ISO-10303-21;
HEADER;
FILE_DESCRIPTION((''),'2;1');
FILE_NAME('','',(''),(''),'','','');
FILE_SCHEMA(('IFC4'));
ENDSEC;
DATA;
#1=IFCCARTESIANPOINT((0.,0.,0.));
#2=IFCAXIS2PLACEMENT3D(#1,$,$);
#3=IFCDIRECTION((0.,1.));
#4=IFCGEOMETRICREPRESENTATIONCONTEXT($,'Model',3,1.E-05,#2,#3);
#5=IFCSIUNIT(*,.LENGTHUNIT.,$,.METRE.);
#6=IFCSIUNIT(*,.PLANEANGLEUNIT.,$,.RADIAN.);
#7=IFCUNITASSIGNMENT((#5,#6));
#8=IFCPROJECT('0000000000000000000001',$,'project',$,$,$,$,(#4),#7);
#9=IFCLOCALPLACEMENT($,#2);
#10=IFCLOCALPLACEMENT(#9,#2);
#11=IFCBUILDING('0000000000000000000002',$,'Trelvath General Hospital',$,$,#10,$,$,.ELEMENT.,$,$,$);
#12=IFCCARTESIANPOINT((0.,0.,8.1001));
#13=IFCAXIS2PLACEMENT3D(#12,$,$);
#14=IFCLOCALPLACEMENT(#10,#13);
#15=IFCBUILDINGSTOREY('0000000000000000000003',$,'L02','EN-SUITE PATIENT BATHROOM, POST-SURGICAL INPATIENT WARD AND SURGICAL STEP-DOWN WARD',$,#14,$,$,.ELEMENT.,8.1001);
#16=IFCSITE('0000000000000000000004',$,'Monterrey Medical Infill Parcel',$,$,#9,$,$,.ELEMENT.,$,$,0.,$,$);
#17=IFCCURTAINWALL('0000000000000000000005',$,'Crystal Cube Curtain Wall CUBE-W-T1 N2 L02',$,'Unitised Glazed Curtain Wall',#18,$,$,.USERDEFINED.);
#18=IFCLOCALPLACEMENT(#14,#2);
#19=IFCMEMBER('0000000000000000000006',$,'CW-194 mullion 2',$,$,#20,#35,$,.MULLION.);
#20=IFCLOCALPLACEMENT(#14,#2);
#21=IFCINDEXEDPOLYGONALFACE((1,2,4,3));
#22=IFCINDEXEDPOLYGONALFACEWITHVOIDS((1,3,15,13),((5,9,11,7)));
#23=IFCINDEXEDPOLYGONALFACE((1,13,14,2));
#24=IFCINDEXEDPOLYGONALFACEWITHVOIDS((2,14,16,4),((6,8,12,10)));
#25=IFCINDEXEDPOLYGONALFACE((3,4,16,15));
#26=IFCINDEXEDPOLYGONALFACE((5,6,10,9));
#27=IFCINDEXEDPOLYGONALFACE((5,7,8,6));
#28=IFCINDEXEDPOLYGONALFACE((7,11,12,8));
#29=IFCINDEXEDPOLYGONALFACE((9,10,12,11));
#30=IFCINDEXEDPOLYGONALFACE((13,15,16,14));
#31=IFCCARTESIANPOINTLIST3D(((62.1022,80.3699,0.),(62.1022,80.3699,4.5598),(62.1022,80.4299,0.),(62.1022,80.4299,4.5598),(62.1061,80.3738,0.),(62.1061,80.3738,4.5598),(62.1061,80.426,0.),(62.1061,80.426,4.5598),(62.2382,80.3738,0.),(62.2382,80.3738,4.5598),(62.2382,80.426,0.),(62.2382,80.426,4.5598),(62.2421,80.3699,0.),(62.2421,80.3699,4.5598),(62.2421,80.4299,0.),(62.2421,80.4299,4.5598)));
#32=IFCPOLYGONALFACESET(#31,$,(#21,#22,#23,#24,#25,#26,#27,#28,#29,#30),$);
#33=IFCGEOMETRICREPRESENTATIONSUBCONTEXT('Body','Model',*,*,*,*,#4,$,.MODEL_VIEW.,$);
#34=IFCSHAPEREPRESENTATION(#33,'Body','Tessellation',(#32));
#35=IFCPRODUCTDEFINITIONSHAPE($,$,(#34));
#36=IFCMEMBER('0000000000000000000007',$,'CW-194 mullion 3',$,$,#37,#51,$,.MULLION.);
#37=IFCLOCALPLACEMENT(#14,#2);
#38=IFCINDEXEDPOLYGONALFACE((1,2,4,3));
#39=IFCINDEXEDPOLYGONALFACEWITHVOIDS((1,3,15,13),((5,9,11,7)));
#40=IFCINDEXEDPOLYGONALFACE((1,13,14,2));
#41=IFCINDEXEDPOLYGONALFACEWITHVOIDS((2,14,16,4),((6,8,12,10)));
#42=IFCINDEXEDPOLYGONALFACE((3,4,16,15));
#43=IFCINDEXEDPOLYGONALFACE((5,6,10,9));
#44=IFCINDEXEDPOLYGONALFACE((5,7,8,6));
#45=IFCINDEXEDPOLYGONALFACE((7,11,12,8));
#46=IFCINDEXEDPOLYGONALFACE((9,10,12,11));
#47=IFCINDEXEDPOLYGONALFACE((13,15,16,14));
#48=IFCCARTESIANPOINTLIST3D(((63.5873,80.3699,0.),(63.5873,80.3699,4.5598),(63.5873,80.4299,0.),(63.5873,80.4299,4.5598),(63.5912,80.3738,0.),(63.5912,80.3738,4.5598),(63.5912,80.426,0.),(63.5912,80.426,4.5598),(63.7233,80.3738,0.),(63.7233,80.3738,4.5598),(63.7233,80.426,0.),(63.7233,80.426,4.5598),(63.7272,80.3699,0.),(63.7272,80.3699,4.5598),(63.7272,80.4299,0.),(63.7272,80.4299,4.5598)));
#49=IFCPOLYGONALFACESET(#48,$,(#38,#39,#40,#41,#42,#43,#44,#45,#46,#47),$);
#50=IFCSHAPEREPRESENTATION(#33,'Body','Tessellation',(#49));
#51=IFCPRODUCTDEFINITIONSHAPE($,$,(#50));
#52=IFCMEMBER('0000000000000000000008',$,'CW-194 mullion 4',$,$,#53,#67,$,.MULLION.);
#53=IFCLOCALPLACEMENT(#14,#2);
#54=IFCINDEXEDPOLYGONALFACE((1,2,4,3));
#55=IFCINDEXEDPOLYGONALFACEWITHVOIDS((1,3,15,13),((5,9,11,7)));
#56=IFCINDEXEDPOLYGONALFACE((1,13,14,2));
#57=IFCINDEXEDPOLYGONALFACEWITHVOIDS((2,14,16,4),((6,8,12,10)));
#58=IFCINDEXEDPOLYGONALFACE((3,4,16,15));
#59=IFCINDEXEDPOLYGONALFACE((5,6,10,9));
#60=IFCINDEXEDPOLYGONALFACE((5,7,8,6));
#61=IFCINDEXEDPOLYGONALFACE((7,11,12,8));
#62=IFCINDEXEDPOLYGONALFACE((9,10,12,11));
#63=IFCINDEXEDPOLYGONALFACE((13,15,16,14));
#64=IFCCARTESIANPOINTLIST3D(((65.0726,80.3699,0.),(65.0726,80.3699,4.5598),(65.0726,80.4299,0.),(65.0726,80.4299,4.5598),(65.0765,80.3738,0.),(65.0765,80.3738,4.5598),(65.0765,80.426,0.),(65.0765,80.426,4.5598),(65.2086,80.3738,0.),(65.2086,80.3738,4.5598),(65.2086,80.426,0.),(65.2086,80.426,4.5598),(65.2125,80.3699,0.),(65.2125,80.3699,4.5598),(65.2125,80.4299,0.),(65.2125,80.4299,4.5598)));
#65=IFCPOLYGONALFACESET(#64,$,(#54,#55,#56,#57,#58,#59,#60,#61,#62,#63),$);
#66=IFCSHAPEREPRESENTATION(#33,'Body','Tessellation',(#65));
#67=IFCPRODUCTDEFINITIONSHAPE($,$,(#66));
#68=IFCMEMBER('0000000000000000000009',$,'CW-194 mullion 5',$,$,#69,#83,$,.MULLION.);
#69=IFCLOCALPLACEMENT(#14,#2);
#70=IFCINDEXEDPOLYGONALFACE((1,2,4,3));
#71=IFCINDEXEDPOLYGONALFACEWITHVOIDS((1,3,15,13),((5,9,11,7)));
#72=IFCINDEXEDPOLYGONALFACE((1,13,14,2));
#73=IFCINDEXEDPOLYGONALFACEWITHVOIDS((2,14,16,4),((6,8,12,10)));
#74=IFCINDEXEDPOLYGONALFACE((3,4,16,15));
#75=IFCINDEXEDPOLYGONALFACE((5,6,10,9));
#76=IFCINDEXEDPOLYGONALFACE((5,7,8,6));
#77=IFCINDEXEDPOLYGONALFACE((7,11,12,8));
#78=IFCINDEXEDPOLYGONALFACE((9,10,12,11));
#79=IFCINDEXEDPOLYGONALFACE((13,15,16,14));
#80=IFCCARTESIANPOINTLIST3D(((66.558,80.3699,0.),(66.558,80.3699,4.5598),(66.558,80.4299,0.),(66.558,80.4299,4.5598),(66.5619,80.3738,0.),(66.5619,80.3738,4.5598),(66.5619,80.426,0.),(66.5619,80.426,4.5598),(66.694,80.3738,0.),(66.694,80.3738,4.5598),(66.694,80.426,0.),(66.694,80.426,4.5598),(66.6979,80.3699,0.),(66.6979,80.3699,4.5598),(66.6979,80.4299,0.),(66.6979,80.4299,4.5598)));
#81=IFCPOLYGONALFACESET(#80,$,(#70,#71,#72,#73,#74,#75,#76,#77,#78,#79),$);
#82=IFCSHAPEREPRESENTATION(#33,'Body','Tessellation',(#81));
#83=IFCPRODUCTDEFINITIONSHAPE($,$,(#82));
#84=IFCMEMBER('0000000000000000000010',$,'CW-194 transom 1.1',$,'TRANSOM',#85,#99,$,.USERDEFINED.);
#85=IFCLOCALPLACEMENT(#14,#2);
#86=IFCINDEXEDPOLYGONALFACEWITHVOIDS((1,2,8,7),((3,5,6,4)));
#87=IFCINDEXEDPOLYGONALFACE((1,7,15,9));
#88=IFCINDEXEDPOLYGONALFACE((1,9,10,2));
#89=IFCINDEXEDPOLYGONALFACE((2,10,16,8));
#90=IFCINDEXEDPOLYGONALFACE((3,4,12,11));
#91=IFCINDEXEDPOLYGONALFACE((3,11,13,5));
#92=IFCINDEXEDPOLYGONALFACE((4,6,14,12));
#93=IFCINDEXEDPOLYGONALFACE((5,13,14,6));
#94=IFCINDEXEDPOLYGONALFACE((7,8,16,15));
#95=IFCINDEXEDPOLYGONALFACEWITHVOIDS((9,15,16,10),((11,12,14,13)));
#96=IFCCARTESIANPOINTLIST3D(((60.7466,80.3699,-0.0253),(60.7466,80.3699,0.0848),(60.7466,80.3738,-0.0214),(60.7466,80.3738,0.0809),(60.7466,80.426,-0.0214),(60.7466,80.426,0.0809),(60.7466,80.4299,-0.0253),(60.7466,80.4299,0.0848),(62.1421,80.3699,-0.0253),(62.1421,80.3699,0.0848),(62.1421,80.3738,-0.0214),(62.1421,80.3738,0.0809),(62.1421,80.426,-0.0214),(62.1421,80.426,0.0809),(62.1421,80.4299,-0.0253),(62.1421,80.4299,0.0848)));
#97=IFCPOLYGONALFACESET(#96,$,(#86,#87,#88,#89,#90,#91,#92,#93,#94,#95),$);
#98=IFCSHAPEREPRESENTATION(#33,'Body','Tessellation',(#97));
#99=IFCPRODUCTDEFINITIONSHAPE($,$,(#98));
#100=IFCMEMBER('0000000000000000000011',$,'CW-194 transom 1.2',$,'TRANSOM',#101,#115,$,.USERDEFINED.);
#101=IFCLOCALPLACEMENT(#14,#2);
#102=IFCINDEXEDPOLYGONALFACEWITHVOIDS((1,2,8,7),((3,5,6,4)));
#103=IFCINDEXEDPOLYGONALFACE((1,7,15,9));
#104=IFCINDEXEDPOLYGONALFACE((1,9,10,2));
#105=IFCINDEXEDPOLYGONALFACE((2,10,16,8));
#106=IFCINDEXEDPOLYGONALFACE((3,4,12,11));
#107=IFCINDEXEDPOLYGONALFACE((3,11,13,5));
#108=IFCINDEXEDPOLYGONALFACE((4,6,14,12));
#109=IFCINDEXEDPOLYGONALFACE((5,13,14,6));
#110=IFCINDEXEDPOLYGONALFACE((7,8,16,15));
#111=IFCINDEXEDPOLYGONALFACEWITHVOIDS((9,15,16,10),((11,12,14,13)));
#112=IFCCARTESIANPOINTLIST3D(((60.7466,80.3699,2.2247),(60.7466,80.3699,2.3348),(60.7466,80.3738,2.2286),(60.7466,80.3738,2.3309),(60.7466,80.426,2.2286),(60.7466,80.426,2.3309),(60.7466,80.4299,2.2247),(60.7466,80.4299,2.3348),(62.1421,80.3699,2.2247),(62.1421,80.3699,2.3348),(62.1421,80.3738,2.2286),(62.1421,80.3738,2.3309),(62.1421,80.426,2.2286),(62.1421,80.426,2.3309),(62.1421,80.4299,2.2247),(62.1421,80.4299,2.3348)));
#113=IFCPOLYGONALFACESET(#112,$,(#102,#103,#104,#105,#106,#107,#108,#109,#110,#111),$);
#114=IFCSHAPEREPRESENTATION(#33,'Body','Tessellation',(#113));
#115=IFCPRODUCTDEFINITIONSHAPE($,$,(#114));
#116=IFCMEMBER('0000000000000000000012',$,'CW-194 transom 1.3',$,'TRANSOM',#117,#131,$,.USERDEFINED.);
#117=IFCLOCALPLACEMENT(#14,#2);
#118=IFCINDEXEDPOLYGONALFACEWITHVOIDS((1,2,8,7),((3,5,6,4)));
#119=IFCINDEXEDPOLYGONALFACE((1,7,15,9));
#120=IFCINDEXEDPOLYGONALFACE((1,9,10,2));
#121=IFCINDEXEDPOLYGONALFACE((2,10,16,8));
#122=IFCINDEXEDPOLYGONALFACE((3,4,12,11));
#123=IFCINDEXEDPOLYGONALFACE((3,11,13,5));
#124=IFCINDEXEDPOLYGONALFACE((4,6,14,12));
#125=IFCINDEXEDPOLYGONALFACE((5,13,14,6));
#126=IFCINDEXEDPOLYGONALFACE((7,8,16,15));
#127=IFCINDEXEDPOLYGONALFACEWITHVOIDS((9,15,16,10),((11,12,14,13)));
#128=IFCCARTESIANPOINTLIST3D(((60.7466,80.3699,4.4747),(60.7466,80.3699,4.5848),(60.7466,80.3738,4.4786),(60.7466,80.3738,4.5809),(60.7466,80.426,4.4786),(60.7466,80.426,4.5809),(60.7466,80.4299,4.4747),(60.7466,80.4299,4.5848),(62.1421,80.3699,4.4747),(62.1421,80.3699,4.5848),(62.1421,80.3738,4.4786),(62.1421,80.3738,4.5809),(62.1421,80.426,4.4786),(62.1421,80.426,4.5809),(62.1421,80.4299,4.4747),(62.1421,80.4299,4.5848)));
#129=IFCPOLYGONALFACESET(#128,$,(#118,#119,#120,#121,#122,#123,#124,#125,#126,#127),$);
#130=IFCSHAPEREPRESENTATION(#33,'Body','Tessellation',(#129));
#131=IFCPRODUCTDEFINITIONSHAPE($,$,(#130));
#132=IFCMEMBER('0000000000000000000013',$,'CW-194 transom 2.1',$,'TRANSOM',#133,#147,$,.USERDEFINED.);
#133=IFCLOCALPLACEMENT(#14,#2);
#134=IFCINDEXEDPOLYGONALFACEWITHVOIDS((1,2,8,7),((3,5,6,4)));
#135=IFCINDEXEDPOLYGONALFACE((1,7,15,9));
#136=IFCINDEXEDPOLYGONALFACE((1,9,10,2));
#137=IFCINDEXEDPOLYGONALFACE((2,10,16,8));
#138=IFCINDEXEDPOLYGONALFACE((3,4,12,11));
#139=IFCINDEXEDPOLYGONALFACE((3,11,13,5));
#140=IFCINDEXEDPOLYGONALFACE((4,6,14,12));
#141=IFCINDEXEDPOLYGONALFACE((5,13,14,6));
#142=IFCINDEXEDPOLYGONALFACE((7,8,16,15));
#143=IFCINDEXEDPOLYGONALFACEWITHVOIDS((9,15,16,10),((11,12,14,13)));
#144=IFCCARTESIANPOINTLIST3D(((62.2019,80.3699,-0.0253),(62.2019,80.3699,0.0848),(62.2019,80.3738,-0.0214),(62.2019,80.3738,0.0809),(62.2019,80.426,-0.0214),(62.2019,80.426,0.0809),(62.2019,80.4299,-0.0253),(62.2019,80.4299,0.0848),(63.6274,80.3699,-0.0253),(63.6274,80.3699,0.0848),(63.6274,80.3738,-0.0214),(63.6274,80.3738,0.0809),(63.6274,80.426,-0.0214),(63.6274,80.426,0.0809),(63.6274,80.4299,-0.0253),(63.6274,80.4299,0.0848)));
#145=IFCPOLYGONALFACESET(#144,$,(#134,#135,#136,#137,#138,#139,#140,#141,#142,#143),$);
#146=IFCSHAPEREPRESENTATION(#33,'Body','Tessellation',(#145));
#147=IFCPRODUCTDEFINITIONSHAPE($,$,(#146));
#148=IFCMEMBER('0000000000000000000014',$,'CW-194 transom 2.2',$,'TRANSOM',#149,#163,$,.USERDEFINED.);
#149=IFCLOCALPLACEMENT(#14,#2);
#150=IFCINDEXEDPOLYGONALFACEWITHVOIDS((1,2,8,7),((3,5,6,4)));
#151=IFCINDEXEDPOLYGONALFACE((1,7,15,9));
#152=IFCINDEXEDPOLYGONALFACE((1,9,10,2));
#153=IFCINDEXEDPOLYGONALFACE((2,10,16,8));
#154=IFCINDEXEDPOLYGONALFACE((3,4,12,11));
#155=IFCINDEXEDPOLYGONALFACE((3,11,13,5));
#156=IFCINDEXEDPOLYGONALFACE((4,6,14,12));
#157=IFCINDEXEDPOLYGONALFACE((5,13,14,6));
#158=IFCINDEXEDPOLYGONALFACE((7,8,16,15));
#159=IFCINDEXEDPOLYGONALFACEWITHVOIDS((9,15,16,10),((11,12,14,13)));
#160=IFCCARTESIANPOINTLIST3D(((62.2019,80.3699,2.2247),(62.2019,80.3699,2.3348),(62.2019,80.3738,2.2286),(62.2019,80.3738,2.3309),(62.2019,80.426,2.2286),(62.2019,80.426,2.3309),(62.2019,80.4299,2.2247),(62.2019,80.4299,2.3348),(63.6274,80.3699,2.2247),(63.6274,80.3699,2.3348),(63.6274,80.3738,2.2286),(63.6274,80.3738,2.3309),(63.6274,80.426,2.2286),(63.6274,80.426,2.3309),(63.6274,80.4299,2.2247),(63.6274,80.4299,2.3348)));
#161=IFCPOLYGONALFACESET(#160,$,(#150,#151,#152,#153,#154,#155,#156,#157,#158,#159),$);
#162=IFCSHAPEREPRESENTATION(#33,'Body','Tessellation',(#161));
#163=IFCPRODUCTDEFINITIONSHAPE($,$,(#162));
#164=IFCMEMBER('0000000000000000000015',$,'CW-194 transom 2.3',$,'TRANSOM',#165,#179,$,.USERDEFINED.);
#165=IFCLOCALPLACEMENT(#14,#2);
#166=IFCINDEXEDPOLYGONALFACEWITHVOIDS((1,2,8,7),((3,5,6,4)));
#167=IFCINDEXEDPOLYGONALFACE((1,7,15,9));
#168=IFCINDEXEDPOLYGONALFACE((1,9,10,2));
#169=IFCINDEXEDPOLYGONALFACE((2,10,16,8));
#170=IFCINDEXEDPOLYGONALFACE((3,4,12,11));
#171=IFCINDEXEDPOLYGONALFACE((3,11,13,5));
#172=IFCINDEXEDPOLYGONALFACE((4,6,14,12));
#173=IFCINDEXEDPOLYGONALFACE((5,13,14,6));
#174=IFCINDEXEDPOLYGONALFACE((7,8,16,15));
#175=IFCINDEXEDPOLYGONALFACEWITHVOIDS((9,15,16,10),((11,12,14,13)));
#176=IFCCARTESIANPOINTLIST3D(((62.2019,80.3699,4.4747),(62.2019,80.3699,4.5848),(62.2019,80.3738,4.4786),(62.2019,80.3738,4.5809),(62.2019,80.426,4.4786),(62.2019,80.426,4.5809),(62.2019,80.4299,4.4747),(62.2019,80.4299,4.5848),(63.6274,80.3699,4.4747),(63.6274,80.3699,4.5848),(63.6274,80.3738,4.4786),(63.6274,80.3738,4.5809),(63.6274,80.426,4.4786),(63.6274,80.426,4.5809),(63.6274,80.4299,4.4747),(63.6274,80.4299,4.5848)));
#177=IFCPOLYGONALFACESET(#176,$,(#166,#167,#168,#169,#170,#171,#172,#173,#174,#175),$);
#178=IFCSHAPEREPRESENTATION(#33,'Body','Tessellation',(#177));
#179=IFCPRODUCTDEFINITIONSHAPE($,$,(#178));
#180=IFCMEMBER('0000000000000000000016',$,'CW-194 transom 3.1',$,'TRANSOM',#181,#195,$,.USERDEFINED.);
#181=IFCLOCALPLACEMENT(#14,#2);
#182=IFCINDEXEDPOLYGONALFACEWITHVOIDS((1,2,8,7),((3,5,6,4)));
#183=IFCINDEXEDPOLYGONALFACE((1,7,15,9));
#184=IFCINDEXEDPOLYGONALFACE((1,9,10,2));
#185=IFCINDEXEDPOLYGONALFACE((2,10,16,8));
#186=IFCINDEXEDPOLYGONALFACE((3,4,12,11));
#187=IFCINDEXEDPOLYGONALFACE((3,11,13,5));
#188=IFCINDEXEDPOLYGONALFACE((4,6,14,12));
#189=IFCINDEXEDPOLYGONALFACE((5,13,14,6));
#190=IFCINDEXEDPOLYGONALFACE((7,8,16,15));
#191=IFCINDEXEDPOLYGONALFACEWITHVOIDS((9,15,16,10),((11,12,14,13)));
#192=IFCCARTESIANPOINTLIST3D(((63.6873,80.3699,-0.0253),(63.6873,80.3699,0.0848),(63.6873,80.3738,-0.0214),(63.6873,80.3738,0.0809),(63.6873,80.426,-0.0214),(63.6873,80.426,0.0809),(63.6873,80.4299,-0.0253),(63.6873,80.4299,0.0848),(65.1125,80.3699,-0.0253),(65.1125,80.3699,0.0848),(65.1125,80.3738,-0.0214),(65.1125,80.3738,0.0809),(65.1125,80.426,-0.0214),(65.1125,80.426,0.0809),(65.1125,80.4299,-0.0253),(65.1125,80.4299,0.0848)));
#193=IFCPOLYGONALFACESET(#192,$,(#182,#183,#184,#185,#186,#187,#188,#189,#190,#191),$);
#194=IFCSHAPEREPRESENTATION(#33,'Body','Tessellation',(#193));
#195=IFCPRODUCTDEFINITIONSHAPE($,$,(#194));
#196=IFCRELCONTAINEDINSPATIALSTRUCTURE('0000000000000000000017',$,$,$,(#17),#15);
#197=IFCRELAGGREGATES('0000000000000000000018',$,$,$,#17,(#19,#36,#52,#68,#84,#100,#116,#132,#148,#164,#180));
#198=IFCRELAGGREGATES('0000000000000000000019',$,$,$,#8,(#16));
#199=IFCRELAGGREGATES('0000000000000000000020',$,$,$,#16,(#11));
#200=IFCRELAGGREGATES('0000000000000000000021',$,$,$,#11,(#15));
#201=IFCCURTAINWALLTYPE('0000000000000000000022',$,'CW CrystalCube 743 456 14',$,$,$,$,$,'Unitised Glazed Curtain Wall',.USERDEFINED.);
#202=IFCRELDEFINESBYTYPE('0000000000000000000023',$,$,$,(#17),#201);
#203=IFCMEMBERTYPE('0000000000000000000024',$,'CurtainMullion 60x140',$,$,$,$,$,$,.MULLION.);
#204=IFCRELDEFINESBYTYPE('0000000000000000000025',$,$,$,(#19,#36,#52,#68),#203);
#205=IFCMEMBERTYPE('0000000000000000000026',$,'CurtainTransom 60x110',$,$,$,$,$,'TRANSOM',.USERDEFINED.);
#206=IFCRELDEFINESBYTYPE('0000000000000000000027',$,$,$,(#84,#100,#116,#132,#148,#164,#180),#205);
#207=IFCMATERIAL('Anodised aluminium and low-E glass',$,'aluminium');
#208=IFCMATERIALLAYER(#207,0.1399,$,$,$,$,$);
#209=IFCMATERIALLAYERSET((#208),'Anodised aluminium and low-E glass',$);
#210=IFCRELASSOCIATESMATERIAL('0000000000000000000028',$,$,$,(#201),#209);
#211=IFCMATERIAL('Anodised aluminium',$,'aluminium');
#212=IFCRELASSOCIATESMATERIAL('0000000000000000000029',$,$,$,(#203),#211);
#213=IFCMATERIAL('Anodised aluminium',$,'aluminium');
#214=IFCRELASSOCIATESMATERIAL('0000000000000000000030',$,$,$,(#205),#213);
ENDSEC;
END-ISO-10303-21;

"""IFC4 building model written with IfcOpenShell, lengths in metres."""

from ifc_helpers import new_model, si_unit, direction, frame, origin, origin_2d, place, context, subcontext, project, spatial, hollow_rectangle, extrude, material, layer, layer_set, material_profile, profile_set, type_object, element, aggregate, save


model = new_model("IFC4")

# Units and contexts
model_context = context("Model", 3, precision=1e-05, world=origin(), true_north=direction((0.0, 1.0)))
body_context = subcontext(model_context, "Body", "Model", "MODEL_VIEW")
ifc_project = project(units=[si_unit("LENGTHUNIT", "METRE"), si_unit("PLANEANGLEUNIT", "RADIAN")], contexts=[model_context])

# Site, building, storey
site_placement = place(None, origin())
site = spatial("IfcSite", under=ifc_project, at=site_placement, Name="Monterrey Medical Infill Parcel", CompositionType="ELEMENT", RefElevation=0.0)
building_placement = place(site_placement, origin())
building = spatial("IfcBuilding", under=site, at=building_placement, Name="Trelvath General Hospital", CompositionType="ELEMENT")
storey_placement = place(building_placement, frame((0.0, 0.0, 8.1001)))
storey = spatial("IfcBuildingStorey", under=building, at=storey_placement, Name="L02", Description="EN-SUITE PATIENT BATHROOM, POST-SURGICAL INPATIENT WARD AND SURGICAL STEP-DOWN WARD", CompositionType="ELEMENT", Elevation=8.1001)

# Curtain wall, members
ifc_material_1 = material(Name="Anodised aluminium and low-E glass", Category="aluminium")
ifc_layer_1 = layer(ifc_material_1, 0.1399)
ifc_layer_set_1 = layer_set([ifc_layer_1], Name="Anodised aluminium and low-E glass")
curtain_wall_type = type_object("IfcCurtainWallType", Name="CW CrystalCube 743 456 14", ElementType="Unitised Glazed Curtain Wall", PredefinedType="USERDEFINED", material=ifc_layer_set_1)
curtain_wall_placement = place(storey_placement, origin())
curtain_wall = element("IfcCurtainWall", 1, at=curtain_wall_placement, inside=storey, type_object=curtain_wall_type, Name="Crystal Cube Curtain Wall CUBE-W-T1 N2 L02", ObjectType="Unitised Glazed Curtain Wall", PredefinedType="USERDEFINED")
ifc_material_2 = material(Name="Anodised aluminium", Category="aluminium")
ifc_material_profile_1 = material_profile(ifc_material_2, hollow_rectangle(XDim=0.0601, YDim=0.1399, WallThickness=0.0039, at=origin_2d()), Name="RHS60x140x4")
ifc_profile_set_1 = profile_set([ifc_material_profile_1], Name="Anodised aluminium")
member_type_1 = type_object("IfcMemberType", Name="CurtainMullion 60x140", PredefinedType="MULLION", material=ifc_profile_set_1)
member_1_placement = place(storey_placement, frame((62.1721, 80.3999, 0.0), z_axis=(0.0, 0.0, 1.0), x_axis=(0.0, 1.0, 0.0)))
member_1 = element("IfcMember", 2, at=member_1_placement, type_object=member_type_1, Name="CW-194 mullion 2", PredefinedType="MULLION", context=body_context, shape_type="SweptSolid", body=[
    extrude(hollow_rectangle(XDim=0.0601, YDim=0.1399, WallThickness=0.0039, at=origin_2d()), origin(), (0.0, 0.0, 1.0), 4.5598),
])
member_2_placement = place(storey_placement, frame((63.6572, 80.3999, 0.0), z_axis=(0.0, 0.0, 1.0), x_axis=(0.0, 1.0, 0.0)))
member_2 = element("IfcMember", 3, at=member_2_placement, type_object=member_type_1, Name="CW-194 mullion 3", PredefinedType="MULLION", context=body_context, shape_type="SweptSolid", body=[
    extrude(hollow_rectangle(XDim=0.0601, YDim=0.1399, WallThickness=0.0039, at=origin_2d()), origin(), (0.0, 0.0, 1.0), 4.5598),
])
member_3_placement = place(storey_placement, frame((65.1426, 80.3999, 0.0), z_axis=(0.0, 0.0, 1.0), x_axis=(0.0, 1.0, 0.0)))
member_3 = element("IfcMember", 4, at=member_3_placement, type_object=member_type_1, Name="CW-194 mullion 4", PredefinedType="MULLION", context=body_context, shape_type="SweptSolid", body=[
    extrude(hollow_rectangle(XDim=0.0601, YDim=0.1399, WallThickness=0.0039, at=origin_2d()), origin(), (0.0, 0.0, 1.0), 4.5598),
])
member_4_placement = place(storey_placement, frame((66.6279, 80.3999, 0.0), z_axis=(0.0, 0.0, 1.0), x_axis=(0.0, 1.0, 0.0)))
member_4 = element("IfcMember", 5, at=member_4_placement, type_object=member_type_1, Name="CW-194 mullion 5", PredefinedType="MULLION", context=body_context, shape_type="SweptSolid", body=[
    extrude(hollow_rectangle(XDim=0.0601, YDim=0.1399, WallThickness=0.0039, at=origin_2d()), origin(), (0.0, 0.0, 1.0), 4.5598),
])
ifc_material_3 = material(Name="Anodised aluminium", Category="aluminium")
ifc_material_profile_2 = material_profile(ifc_material_3, hollow_rectangle(XDim=0.0601, YDim=0.1101, WallThickness=0.0039, at=origin_2d()), Name="RHS60x110x4")
ifc_profile_set_2 = profile_set([ifc_material_profile_2], Name="Anodised aluminium")
member_type_2 = type_object("IfcMemberType", Name="CurtainTransom 60x110", ElementType="TRANSOM", PredefinedType="USERDEFINED", material=ifc_profile_set_2)
member_5_placement = place(storey_placement, frame((60.7466, 80.3999, 0.0298), z_axis=(1.0, 0.0, 0.0), x_axis=(0.0, 1.0, 0.0)))
member_5 = element("IfcMember", 6, at=member_5_placement, type_object=member_type_2, Name="CW-194 transom 1.1", ObjectType="TRANSOM", PredefinedType="USERDEFINED", context=body_context, shape_type="SweptSolid", body=[
    extrude(hollow_rectangle(XDim=0.0601, YDim=0.1101, WallThickness=0.0039, at=origin_2d()), origin(), (0.0, 0.0, 1.0), 1.3955),
])
member_6_placement = place(storey_placement, frame((60.7466, 80.3999, 2.2798), z_axis=(1.0, 0.0, 0.0), x_axis=(0.0, 1.0, 0.0)))
member_6 = element("IfcMember", 7, at=member_6_placement, type_object=member_type_2, Name="CW-194 transom 1.2", ObjectType="TRANSOM", PredefinedType="USERDEFINED", context=body_context, shape_type="SweptSolid", body=[
    extrude(hollow_rectangle(XDim=0.0601, YDim=0.1101, WallThickness=0.0039, at=origin_2d()), origin(), (0.0, 0.0, 1.0), 1.3955),
])
member_7_placement = place(storey_placement, frame((60.7466, 80.3999, 4.5298), z_axis=(1.0, 0.0, 0.0), x_axis=(0.0, 1.0, 0.0)))
member_7 = element("IfcMember", 8, at=member_7_placement, type_object=member_type_2, Name="CW-194 transom 1.3", ObjectType="TRANSOM", PredefinedType="USERDEFINED", context=body_context, shape_type="SweptSolid", body=[
    extrude(hollow_rectangle(XDim=0.0601, YDim=0.1101, WallThickness=0.0039, at=origin_2d()), origin(), (0.0, 0.0, 1.0), 1.3955),
])
member_8_placement = place(storey_placement, frame((62.2019, 80.3999, 0.0298), z_axis=(1.0, 0.0, 0.0), x_axis=(0.0, 1.0, 0.0)))
member_8 = element("IfcMember", 9, at=member_8_placement, type_object=member_type_2, Name="CW-194 transom 2.1", ObjectType="TRANSOM", PredefinedType="USERDEFINED", context=body_context, shape_type="SweptSolid", body=[
    extrude(hollow_rectangle(XDim=0.0601, YDim=0.1101, WallThickness=0.0039, at=origin_2d()), origin(), (0.0, 0.0, 1.0), 1.4255),
])
member_9_placement = place(storey_placement, frame((62.2019, 80.3999, 2.2798), z_axis=(1.0, 0.0, 0.0), x_axis=(0.0, 1.0, 0.0)))
member_9 = element("IfcMember", 10, at=member_9_placement, type_object=member_type_2, Name="CW-194 transom 2.2", ObjectType="TRANSOM", PredefinedType="USERDEFINED", context=body_context, shape_type="SweptSolid", body=[
    extrude(hollow_rectangle(XDim=0.0601, YDim=0.1101, WallThickness=0.0039, at=origin_2d()), origin(), (0.0, 0.0, 1.0), 1.4255),
])
member_10_placement = place(storey_placement, frame((62.2019, 80.3999, 4.5298), z_axis=(1.0, 0.0, 0.0), x_axis=(0.0, 1.0, 0.0)))
member_10 = element("IfcMember", 11, at=member_10_placement, type_object=member_type_2, Name="CW-194 transom 2.3", ObjectType="TRANSOM", PredefinedType="USERDEFINED", context=body_context, shape_type="SweptSolid", body=[
    extrude(hollow_rectangle(XDim=0.0601, YDim=0.1101, WallThickness=0.0039, at=origin_2d()), origin(), (0.0, 0.0, 1.0), 1.4255),
])
member_11_placement = place(storey_placement, frame((63.6873, 80.3999, 0.0298), z_axis=(1.0, 0.0, 0.0), x_axis=(0.0, 1.0, 0.0)))
member_11 = element("IfcMember", 12, at=member_11_placement, type_object=member_type_2, Name="CW-194 transom 3.1", ObjectType="TRANSOM", PredefinedType="USERDEFINED", context=body_context, shape_type="SweptSolid", body=[
    extrude(hollow_rectangle(XDim=0.0601, YDim=0.1101, WallThickness=0.0039, at=origin_2d()), origin(), (0.0, 0.0, 1.0), 1.4253),
])
aggregate(curtain_wall, [member_1, member_2, member_3, member_4, member_5, member_6, member_7, member_8, member_9, member_10, member_11])

save(model, "model.ifc")
